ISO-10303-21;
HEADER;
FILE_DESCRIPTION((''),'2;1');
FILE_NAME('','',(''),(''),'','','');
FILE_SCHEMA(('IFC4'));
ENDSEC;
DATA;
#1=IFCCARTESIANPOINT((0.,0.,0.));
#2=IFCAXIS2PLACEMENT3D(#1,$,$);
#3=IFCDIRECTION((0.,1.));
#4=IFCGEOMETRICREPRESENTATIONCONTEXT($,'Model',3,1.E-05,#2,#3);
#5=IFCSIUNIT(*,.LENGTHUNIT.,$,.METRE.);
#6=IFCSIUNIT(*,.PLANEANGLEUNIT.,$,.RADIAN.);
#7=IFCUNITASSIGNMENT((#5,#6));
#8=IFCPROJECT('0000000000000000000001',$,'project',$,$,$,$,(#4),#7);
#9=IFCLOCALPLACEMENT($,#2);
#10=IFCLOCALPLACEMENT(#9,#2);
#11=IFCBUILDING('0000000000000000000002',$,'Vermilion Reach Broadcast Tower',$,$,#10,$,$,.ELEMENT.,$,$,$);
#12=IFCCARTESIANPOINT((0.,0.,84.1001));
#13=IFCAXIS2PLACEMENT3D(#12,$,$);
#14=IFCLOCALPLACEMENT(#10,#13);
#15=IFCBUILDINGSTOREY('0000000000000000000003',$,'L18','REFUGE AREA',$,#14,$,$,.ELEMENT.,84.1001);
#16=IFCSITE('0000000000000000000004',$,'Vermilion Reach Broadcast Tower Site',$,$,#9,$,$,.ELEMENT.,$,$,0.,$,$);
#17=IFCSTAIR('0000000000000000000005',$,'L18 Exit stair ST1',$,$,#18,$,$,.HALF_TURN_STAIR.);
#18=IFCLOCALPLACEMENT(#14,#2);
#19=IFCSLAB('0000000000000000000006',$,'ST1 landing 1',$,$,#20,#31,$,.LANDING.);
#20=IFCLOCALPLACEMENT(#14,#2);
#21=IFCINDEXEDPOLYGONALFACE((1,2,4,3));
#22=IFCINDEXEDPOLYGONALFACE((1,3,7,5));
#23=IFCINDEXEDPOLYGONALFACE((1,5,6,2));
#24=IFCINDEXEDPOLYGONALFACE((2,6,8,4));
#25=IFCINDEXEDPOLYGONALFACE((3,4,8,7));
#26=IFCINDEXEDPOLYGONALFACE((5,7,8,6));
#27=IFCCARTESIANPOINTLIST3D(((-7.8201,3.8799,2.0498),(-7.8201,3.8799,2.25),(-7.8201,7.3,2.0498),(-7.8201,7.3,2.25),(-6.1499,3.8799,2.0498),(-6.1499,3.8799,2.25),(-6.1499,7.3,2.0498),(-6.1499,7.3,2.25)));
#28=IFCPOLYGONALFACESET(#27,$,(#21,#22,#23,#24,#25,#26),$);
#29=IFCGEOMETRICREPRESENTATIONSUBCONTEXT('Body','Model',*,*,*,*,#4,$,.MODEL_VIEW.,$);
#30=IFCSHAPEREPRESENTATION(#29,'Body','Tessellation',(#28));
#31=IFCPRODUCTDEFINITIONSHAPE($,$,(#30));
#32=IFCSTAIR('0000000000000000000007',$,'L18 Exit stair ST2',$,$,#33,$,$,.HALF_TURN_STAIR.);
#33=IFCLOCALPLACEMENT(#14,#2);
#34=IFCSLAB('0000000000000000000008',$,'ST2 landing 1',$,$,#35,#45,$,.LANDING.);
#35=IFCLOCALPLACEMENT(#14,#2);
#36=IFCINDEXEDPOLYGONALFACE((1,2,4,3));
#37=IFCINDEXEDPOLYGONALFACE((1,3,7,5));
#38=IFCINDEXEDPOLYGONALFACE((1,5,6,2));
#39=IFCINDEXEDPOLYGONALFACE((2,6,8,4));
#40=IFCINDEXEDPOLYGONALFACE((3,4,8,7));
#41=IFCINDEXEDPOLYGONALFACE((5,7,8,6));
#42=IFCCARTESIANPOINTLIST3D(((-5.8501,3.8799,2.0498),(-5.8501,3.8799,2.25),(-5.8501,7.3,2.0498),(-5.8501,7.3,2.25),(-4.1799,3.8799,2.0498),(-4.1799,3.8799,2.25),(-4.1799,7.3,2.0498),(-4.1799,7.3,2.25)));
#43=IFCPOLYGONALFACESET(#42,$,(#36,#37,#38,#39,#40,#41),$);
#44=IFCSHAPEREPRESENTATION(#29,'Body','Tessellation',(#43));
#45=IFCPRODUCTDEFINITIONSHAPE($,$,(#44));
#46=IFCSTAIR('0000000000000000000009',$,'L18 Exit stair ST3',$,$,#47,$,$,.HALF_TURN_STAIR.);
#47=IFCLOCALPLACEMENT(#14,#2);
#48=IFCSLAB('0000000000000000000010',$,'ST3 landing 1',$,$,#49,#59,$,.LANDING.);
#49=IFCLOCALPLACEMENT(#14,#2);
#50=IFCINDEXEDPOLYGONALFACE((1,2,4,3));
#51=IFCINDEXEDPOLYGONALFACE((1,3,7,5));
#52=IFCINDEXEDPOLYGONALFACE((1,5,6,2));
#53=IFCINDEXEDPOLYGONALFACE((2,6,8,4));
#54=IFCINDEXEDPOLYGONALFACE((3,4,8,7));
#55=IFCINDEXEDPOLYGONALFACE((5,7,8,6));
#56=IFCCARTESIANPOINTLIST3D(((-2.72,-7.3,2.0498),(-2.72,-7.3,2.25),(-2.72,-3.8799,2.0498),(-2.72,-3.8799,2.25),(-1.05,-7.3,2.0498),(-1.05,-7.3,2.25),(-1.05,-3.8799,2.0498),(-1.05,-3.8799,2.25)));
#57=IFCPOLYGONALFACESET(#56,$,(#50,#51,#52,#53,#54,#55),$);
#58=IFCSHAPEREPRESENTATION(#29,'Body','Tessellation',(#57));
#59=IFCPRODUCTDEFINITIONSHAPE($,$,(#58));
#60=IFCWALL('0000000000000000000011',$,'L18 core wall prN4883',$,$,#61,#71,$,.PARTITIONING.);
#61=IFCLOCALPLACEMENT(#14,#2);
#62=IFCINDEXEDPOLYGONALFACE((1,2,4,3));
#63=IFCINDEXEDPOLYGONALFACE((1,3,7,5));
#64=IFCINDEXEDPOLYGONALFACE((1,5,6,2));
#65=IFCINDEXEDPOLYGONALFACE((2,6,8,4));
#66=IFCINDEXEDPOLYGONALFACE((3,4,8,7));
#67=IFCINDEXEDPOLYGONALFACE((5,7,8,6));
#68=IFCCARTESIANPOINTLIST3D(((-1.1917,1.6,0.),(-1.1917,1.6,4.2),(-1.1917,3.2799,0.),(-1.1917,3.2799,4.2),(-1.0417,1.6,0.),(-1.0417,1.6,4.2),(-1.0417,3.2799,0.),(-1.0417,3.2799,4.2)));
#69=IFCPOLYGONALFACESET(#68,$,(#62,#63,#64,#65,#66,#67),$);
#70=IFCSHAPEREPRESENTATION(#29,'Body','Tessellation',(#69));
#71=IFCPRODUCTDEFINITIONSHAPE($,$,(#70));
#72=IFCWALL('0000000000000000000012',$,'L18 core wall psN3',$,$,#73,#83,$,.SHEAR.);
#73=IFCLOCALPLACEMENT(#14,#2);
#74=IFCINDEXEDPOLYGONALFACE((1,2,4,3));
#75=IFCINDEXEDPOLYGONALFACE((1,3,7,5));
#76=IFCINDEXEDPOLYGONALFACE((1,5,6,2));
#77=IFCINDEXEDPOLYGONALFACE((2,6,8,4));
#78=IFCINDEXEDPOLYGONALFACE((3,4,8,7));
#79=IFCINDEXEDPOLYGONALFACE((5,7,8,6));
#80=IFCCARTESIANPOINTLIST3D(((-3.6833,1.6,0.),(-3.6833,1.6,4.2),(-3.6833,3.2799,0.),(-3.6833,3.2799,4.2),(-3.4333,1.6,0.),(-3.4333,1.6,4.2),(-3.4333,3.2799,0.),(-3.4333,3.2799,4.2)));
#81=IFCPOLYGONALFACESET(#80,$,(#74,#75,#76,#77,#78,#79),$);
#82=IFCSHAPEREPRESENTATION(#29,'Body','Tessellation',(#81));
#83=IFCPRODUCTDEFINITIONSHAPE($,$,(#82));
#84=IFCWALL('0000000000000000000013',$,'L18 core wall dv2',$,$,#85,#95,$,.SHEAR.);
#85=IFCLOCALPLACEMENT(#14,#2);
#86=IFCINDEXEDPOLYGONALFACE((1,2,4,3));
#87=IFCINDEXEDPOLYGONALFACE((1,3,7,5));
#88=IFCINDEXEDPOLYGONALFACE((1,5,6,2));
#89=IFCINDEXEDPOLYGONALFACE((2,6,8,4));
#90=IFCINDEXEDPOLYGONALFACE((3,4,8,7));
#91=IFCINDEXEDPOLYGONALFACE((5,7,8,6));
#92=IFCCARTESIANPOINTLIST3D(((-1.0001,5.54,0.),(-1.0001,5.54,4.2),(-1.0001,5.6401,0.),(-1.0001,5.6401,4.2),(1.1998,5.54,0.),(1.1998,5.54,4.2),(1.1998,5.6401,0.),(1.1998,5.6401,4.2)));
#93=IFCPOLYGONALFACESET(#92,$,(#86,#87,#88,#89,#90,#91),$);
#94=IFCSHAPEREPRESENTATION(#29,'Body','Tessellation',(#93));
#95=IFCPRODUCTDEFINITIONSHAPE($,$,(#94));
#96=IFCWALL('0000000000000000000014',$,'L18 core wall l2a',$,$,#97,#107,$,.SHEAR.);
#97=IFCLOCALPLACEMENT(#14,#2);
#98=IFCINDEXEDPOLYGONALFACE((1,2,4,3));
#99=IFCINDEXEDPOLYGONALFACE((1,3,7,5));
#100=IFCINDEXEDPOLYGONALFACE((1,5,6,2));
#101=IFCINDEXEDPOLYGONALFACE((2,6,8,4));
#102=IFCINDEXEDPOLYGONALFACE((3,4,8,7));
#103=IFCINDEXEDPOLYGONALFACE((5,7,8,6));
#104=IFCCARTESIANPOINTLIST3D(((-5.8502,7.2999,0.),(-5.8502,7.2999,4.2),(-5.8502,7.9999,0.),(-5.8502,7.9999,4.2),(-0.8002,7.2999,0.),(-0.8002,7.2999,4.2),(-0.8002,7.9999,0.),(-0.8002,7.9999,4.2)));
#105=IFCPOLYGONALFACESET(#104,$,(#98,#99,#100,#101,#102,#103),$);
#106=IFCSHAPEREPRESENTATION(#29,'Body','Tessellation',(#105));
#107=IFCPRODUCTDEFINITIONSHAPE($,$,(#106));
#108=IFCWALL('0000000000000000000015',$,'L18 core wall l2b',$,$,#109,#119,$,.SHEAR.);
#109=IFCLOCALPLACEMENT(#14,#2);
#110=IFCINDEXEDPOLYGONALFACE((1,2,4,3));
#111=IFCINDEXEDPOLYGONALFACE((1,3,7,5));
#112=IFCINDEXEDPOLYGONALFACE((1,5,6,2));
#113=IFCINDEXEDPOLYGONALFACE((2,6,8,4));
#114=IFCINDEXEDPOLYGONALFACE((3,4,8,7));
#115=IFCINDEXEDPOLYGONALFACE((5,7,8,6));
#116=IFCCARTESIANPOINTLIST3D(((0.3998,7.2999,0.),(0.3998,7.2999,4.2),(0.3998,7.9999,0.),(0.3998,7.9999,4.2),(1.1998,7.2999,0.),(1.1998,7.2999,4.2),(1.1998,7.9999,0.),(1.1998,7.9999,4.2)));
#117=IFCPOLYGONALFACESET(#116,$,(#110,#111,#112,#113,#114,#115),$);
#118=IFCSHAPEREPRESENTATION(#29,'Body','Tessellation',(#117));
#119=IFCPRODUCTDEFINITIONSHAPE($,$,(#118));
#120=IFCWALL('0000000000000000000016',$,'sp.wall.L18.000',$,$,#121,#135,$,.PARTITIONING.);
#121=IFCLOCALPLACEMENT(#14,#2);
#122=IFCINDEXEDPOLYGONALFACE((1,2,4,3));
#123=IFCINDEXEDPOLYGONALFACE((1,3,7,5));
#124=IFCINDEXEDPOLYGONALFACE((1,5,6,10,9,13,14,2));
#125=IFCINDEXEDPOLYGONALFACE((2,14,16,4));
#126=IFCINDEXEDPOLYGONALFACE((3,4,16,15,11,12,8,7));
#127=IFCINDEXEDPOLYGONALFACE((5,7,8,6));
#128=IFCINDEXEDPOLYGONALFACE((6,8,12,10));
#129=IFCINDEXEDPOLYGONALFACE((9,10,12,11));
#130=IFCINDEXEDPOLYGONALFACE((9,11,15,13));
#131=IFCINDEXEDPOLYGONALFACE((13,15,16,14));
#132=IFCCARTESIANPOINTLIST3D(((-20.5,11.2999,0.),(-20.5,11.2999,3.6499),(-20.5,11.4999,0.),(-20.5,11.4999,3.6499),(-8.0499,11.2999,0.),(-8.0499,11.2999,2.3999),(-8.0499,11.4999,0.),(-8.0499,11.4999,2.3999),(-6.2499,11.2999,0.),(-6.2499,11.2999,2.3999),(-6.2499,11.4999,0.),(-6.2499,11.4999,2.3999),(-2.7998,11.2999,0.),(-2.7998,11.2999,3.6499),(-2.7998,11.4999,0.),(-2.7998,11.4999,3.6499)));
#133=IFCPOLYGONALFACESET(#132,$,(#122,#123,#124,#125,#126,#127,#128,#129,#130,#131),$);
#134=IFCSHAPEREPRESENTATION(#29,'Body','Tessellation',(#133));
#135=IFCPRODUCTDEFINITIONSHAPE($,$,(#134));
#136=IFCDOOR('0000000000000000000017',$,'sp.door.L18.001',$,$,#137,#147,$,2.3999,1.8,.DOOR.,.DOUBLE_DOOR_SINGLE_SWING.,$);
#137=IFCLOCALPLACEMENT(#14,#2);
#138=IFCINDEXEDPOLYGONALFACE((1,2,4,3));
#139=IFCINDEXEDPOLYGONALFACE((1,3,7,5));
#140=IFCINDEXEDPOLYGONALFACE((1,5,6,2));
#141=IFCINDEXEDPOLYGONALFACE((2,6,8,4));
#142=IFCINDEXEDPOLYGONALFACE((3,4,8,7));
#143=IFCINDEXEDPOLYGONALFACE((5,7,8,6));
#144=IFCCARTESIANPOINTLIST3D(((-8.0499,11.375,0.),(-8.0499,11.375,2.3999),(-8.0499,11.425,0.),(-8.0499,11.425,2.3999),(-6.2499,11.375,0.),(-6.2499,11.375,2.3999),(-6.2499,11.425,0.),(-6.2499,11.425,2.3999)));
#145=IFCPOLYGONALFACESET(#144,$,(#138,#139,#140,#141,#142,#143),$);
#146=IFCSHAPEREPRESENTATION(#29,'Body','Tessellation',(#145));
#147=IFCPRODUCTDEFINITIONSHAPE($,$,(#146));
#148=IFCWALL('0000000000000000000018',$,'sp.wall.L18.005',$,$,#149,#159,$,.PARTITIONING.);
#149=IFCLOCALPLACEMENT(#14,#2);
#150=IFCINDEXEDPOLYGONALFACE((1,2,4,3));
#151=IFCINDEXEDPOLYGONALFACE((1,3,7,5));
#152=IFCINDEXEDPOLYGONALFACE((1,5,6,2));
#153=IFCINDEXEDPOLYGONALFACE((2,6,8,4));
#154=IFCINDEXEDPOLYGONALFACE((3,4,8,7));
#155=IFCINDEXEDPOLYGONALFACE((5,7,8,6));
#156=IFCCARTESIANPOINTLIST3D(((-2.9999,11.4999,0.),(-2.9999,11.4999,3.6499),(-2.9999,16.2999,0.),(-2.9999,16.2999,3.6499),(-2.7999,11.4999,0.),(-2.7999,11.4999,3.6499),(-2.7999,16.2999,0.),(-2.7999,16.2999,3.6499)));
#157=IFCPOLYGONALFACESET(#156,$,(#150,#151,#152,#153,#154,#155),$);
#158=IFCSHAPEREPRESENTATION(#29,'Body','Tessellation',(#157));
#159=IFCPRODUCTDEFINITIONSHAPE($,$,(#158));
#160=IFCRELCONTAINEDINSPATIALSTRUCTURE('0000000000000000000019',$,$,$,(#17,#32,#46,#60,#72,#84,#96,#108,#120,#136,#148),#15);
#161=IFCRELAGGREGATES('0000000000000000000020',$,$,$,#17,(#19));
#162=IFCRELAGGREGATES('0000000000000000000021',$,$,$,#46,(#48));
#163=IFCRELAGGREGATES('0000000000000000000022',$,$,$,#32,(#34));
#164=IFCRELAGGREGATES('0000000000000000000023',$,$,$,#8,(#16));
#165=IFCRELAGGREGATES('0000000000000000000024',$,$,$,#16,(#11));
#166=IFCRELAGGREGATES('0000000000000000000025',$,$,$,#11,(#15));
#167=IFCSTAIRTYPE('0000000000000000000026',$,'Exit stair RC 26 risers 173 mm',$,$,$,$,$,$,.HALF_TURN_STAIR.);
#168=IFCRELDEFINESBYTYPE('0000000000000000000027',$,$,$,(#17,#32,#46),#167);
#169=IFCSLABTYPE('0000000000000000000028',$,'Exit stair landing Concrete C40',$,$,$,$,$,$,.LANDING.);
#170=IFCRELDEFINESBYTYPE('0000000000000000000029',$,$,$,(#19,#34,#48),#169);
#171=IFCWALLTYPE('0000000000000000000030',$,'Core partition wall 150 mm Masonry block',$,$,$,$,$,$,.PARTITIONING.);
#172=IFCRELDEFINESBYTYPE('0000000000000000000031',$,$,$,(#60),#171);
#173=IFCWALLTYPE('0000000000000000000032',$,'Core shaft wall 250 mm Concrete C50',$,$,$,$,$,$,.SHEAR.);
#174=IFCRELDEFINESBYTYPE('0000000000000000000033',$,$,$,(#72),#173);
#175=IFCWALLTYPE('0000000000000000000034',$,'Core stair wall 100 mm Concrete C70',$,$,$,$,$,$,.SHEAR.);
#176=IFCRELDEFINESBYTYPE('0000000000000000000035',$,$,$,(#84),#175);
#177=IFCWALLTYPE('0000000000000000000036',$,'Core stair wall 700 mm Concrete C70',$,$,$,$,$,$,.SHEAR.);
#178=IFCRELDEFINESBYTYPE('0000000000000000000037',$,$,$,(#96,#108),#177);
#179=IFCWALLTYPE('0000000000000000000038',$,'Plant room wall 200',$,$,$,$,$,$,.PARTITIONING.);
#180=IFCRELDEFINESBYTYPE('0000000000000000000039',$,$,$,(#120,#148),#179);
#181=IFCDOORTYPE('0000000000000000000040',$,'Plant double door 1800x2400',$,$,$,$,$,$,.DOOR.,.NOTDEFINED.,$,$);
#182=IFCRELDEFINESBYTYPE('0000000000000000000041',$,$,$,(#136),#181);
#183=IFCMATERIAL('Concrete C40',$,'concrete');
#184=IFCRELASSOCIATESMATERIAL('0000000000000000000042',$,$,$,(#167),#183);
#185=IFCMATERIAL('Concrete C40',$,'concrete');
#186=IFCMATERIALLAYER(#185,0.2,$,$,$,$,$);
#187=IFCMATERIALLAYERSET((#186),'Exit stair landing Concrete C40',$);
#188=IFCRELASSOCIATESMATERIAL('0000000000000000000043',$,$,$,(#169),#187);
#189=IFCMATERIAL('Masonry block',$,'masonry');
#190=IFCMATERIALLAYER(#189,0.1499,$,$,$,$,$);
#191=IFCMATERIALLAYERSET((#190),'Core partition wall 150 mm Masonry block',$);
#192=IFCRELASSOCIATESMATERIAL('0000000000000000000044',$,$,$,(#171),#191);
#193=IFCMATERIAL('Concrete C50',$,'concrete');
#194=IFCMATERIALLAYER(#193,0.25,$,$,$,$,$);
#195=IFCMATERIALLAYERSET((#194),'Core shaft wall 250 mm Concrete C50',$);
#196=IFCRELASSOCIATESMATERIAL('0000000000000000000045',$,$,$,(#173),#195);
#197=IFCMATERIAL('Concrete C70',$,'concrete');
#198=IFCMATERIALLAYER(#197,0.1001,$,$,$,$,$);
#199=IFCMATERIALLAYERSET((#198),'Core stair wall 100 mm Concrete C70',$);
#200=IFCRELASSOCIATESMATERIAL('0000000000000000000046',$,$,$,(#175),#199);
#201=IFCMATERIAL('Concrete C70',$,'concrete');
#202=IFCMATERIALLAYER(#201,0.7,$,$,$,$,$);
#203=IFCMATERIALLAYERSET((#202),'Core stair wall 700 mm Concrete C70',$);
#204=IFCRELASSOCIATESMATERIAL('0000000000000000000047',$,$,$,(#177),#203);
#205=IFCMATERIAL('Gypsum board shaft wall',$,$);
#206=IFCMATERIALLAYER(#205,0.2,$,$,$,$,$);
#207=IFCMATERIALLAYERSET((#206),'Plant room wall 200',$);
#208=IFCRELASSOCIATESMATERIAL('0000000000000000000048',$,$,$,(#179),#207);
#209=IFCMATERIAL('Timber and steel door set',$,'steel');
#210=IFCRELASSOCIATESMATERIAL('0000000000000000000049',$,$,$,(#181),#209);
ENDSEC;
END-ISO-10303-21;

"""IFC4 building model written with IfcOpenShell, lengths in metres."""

from ifc_helpers import new_model, si_unit, direction, frame, frame_2d, origin, place, context, subcontext, project, spatial, polyline, rectangle, outline, extrude, material, layer, layer_set, type_object, element, fill, aggregate, save


model = new_model("IFC4")

# Units and contexts
model_context = context("Model", 3, precision=1e-05, world=origin(), true_north=direction((0.0, 1.0)))
body_context = subcontext(model_context, "Body", "Model", "MODEL_VIEW")
ifc_project = project(units=[si_unit("LENGTHUNIT", "METRE"), si_unit("PLANEANGLEUNIT", "RADIAN")], contexts=[model_context])

# Site, building, storey
site_placement = place(None, origin())
site = spatial("IfcSite", under=ifc_project, at=site_placement, Name="Vermilion Reach Broadcast Tower Site", CompositionType="ELEMENT", RefElevation=0.0)
building_placement = place(site_placement, origin())
building = spatial("IfcBuilding", under=site, at=building_placement, Name="Vermilion Reach Broadcast Tower", CompositionType="ELEMENT")
storey_placement = place(building_placement, frame((0.0, 0.0, 84.1001)))
storey = spatial("IfcBuildingStorey", under=building, at=storey_placement, Name="L18", Description="REFUGE AREA", CompositionType="ELEMENT", Elevation=84.1001)

# Stairs, slabs
ifc_material_1 = material(Name="Concrete C40", Category="concrete")
stair_type = type_object("IfcStairType", Name="Exit stair RC 26 risers 173 mm", PredefinedType="HALF_TURN_STAIR", material=ifc_material_1)
placement_1 = place(storey_placement, origin())
stair_1 = element("IfcStair", 1, at=placement_1, inside=storey, type_object=stair_type, Name="L18 Exit stair ST1", PredefinedType="HALF_TURN_STAIR")
ifc_material_2 = material(Name="Concrete C40", Category="concrete")
ifc_layer_1 = layer(ifc_material_2, 0.2)
ifc_layer_set_1 = layer_set([ifc_layer_1], Name="Exit stair landing Concrete C40")
slab_type = type_object("IfcSlabType", Name="Exit stair landing Concrete C40", PredefinedType="LANDING", material=ifc_layer_set_1)
placement_2 = place(storey_placement, frame((0.0, 0.0, 2.0498)))
slab_1 = element("IfcSlab", 2, at=placement_2, type_object=slab_type, Name="ST1 landing 1", PredefinedType="LANDING", context=body_context, shape_type="SweptSolid", body=[
    extrude(outline(polyline([(-7.8201, 3.8799), (-6.1499, 3.8799), (-6.1499, 7.3), (-7.8201, 7.3), (-7.8201, 3.8799)])), origin(), (0.0, 0.0, 1.0), 0.2002),
])
aggregate(stair_1, [slab_1])
stair_2 = element("IfcStair", 3, at=placement_1, inside=storey, type_object=stair_type, Name="L18 Exit stair ST2", PredefinedType="HALF_TURN_STAIR")
slab_2 = element("IfcSlab", 4, at=placement_2, type_object=slab_type, Name="ST2 landing 1", PredefinedType="LANDING", context=body_context, shape_type="SweptSolid", body=[
    extrude(outline(polyline([(-4.1799, 7.3), (-5.8501, 7.3), (-5.8501, 3.8799), (-4.1799, 3.8799), (-4.1799, 7.3)])), origin(), (0.0, 0.0, 1.0), 0.2002),
])
stair_3 = element("IfcStair", 5, at=placement_1, inside=storey, type_object=stair_type, Name="L18 Exit stair ST3", PredefinedType="HALF_TURN_STAIR")
slab_3 = element("IfcSlab", 6, at=placement_2, type_object=slab_type, Name="ST3 landing 1", PredefinedType="LANDING", context=body_context, shape_type="SweptSolid", body=[
    extrude(outline(polyline([(-2.72, -7.3), (-1.05, -7.3), (-1.05, -3.8799), (-2.72, -3.8799), (-2.72, -7.3)])), origin(), (0.0, 0.0, 1.0), 0.2002),
])
aggregate(stair_3, [slab_3])

# Walls
ifc_material_3 = material(Name="Masonry block", Category="masonry")
ifc_layer_2 = layer(ifc_material_3, 0.1499)
ifc_layer_set_2 = layer_set([ifc_layer_2], Name="Core partition wall 150 mm Masonry block")
wall_type_1 = type_object("IfcWallType", Name="Core partition wall 150 mm Masonry block", PredefinedType="PARTITIONING", material=ifc_layer_set_2)
wall_1_placement = place(storey_placement, frame((-1.1167, 1.6001, 0.0), z_axis=(0.0, 0.0, 1.0), x_axis=(0.0, 1.0, 0.0)))
element("IfcWall", 7, at=wall_1_placement, inside=storey, type_object=wall_type_1, Name="L18 core wall prN4883", PredefinedType="PARTITIONING", context=body_context, shape_type="SweptSolid", body=[
    extrude(rectangle(XDim=1.6799, YDim=0.1499, at=frame_2d((0.8398, 0.0))), origin(), (0.0, 0.0, 1.0), 4.2),
])
ifc_material_4 = material(Name="Concrete C50", Category="concrete")
ifc_layer_3 = layer(ifc_material_4, 0.25)
ifc_layer_set_3 = layer_set([ifc_layer_3], Name="Core shaft wall 250 mm Concrete C50")
wall_type_2 = type_object("IfcWallType", Name="Core shaft wall 250 mm Concrete C50", PredefinedType="SHEAR", material=ifc_layer_set_3)
wall_2_placement = place(storey_placement, frame((-3.5583, 1.6001, 0.0), z_axis=(0.0, 0.0, 1.0), x_axis=(0.0, 1.0, 0.0)))
element("IfcWall", 8, at=wall_2_placement, inside=storey, type_object=wall_type_2, Name="L18 core wall psN3", PredefinedType="SHEAR", context=body_context, shape_type="SweptSolid", body=[
    extrude(rectangle(XDim=1.6799, YDim=0.25, at=frame_2d((0.8398, 0.0))), origin(), (0.0, 0.0, 1.0), 4.2),
])
ifc_material_5 = material(Name="Concrete C70", Category="concrete")
ifc_layer_4 = layer(ifc_material_5, 0.1001)
ifc_layer_set_4 = layer_set([ifc_layer_4], Name="Core stair wall 100 mm Concrete C70")
wall_type_3 = type_object("IfcWallType", Name="Core stair wall 100 mm Concrete C70", PredefinedType="SHEAR", material=ifc_layer_set_4)
wall_3_placement = place(storey_placement, frame((1.2, 5.5901, 0.0), z_axis=(0.0, 0.0, 1.0), x_axis=(-1.0, 0.0, 0.0)))
element("IfcWall", 9, at=wall_3_placement, inside=storey, type_object=wall_type_3, Name="L18 core wall dv2", PredefinedType="SHEAR", context=body_context, shape_type="SweptSolid", body=[
    extrude(rectangle(XDim=2.2, YDim=0.1001, at=frame_2d((1.1001, 0.0))), origin(), (0.0, 0.0, 1.0), 4.2),
])
ifc_material_6 = material(Name="Concrete C70", Category="concrete")
ifc_layer_5 = layer(ifc_material_6, 0.7)
ifc_layer_set_5 = layer_set([ifc_layer_5], Name="Core stair wall 700 mm Concrete C70")
wall_type_4 = type_object("IfcWallType", Name="Core stair wall 700 mm Concrete C70", PredefinedType="SHEAR", material=ifc_layer_set_5)
wall_4_placement = place(storey_placement, frame((-5.8501, 7.6499, 0.0), z_axis=(0.0, 0.0, 1.0), x_axis=(1.0, 0.0, 0.0)))
element("IfcWall", 10, at=wall_4_placement, inside=storey, type_object=wall_type_4, Name="L18 core wall l2a", PredefinedType="SHEAR", context=body_context, shape_type="SweptSolid", body=[
    extrude(rectangle(XDim=5.05, YDim=0.7, at=frame_2d((2.5249, 0.0))), origin(), (0.0, 0.0, 1.0), 4.2),
])
wall_5_placement = place(storey_placement, frame((0.3999, 7.6499, 0.0), z_axis=(0.0, 0.0, 1.0), x_axis=(1.0, 0.0, 0.0)))
element("IfcWall", 11, at=wall_5_placement, inside=storey, type_object=wall_type_4, Name="L18 core wall l2b", PredefinedType="SHEAR", context=body_context, shape_type="SweptSolid", body=[
    extrude(rectangle(XDim=0.8, YDim=0.7, at=frame_2d((0.3999, 0.0))), origin(), (0.0, 0.0, 1.0), 4.2),
])

# Wall, opening, door
ifc_material_7 = material(Name="Gypsum board shaft wall")
ifc_layer_6 = layer(ifc_material_7, 0.2)
ifc_layer_set_6 = layer_set([ifc_layer_6], Name="Plant room wall 200")
wall_type_5 = type_object("IfcWallType", Name="Plant room wall 200", PredefinedType="PARTITIONING", material=ifc_layer_set_6)
wall_6_placement = place(storey_placement, frame((-2.7998, 11.3999, 0.0), z_axis=(0.0, 0.0, 1.0), x_axis=(-1.0, 0.0, 0.0)))
wall_6 = element("IfcWall", 12, at=wall_6_placement, inside=storey, type_object=wall_type_5, Name="sp.wall.L18.000", PredefinedType="PARTITIONING", context=body_context, shape_type="SweptSolid", body=[
    extrude(rectangle(XDim=17.7002, YDim=0.2, at=frame_2d((8.8501, 0.0))), origin(), (0.0, 0.0, 1.0), 3.6499),
])
opening_placement = place(wall_6_placement, frame((3.4502, 0.0, 0.0)))
opening = element("IfcOpeningElement", 13, at=opening_placement, cuts=wall_6, PredefinedType="OPENING", context=body_context, shape_type="SweptSolid", body=[
    extrude(rectangle(XDim=1.8, YDim=2.3999, at=frame_2d((0.8999, 1.2))), frame((0.0, 0.1099, 0.0), z_axis=(0.0, -1.0, 0.0), x_axis=(1.0, 0.0, 0.0)), (0.0, 0.0, 1.0), 0.22),
])
ifc_material_8 = material(Name="Timber and steel door set", Category="steel")
door_type = type_object("IfcDoorType", Name="Plant double door 1800x2400", OperationType="NOTDEFINED", PredefinedType="DOOR", material=ifc_material_8)
door_placement = place(opening_placement, origin())
door = element("IfcDoor", 14, at=door_placement, inside=storey, type_object=door_type, Name="sp.door.L18.001", OperationType="DOUBLE_DOOR_SINGLE_SWING", OverallHeight=2.3999, OverallWidth=1.8, PredefinedType="DOOR", context=body_context, shape_type="SweptSolid", body=[
    extrude(rectangle(XDim=1.8, YDim=2.3999, at=frame_2d((0.8999, 1.2))), frame((0.0, 0.0249, 0.0), z_axis=(0.0, -1.0, 0.0), x_axis=(1.0, 0.0, 0.0)), (0.0, 0.0, 1.0), 0.05),
])
fill(opening, door)

# Wall
wall_7_placement = place(storey_placement, frame((-2.8999, 11.5, 0.0), z_axis=(0.0, 0.0, 1.0), x_axis=(0.0, 1.0, 0.0)))
element("IfcWall", 15, at=wall_7_placement, inside=storey, type_object=wall_type_5, Name="sp.wall.L18.005", PredefinedType="PARTITIONING", context=body_context, shape_type="SweptSolid", body=[
    extrude(rectangle(XDim=4.8, YDim=0.2, at=frame_2d((2.3999, 0.0))), origin(), (0.0, 0.0, 1.0), 3.6499),
])

aggregate(stair_2, [slab_2])

save(model, "model.ifc")
